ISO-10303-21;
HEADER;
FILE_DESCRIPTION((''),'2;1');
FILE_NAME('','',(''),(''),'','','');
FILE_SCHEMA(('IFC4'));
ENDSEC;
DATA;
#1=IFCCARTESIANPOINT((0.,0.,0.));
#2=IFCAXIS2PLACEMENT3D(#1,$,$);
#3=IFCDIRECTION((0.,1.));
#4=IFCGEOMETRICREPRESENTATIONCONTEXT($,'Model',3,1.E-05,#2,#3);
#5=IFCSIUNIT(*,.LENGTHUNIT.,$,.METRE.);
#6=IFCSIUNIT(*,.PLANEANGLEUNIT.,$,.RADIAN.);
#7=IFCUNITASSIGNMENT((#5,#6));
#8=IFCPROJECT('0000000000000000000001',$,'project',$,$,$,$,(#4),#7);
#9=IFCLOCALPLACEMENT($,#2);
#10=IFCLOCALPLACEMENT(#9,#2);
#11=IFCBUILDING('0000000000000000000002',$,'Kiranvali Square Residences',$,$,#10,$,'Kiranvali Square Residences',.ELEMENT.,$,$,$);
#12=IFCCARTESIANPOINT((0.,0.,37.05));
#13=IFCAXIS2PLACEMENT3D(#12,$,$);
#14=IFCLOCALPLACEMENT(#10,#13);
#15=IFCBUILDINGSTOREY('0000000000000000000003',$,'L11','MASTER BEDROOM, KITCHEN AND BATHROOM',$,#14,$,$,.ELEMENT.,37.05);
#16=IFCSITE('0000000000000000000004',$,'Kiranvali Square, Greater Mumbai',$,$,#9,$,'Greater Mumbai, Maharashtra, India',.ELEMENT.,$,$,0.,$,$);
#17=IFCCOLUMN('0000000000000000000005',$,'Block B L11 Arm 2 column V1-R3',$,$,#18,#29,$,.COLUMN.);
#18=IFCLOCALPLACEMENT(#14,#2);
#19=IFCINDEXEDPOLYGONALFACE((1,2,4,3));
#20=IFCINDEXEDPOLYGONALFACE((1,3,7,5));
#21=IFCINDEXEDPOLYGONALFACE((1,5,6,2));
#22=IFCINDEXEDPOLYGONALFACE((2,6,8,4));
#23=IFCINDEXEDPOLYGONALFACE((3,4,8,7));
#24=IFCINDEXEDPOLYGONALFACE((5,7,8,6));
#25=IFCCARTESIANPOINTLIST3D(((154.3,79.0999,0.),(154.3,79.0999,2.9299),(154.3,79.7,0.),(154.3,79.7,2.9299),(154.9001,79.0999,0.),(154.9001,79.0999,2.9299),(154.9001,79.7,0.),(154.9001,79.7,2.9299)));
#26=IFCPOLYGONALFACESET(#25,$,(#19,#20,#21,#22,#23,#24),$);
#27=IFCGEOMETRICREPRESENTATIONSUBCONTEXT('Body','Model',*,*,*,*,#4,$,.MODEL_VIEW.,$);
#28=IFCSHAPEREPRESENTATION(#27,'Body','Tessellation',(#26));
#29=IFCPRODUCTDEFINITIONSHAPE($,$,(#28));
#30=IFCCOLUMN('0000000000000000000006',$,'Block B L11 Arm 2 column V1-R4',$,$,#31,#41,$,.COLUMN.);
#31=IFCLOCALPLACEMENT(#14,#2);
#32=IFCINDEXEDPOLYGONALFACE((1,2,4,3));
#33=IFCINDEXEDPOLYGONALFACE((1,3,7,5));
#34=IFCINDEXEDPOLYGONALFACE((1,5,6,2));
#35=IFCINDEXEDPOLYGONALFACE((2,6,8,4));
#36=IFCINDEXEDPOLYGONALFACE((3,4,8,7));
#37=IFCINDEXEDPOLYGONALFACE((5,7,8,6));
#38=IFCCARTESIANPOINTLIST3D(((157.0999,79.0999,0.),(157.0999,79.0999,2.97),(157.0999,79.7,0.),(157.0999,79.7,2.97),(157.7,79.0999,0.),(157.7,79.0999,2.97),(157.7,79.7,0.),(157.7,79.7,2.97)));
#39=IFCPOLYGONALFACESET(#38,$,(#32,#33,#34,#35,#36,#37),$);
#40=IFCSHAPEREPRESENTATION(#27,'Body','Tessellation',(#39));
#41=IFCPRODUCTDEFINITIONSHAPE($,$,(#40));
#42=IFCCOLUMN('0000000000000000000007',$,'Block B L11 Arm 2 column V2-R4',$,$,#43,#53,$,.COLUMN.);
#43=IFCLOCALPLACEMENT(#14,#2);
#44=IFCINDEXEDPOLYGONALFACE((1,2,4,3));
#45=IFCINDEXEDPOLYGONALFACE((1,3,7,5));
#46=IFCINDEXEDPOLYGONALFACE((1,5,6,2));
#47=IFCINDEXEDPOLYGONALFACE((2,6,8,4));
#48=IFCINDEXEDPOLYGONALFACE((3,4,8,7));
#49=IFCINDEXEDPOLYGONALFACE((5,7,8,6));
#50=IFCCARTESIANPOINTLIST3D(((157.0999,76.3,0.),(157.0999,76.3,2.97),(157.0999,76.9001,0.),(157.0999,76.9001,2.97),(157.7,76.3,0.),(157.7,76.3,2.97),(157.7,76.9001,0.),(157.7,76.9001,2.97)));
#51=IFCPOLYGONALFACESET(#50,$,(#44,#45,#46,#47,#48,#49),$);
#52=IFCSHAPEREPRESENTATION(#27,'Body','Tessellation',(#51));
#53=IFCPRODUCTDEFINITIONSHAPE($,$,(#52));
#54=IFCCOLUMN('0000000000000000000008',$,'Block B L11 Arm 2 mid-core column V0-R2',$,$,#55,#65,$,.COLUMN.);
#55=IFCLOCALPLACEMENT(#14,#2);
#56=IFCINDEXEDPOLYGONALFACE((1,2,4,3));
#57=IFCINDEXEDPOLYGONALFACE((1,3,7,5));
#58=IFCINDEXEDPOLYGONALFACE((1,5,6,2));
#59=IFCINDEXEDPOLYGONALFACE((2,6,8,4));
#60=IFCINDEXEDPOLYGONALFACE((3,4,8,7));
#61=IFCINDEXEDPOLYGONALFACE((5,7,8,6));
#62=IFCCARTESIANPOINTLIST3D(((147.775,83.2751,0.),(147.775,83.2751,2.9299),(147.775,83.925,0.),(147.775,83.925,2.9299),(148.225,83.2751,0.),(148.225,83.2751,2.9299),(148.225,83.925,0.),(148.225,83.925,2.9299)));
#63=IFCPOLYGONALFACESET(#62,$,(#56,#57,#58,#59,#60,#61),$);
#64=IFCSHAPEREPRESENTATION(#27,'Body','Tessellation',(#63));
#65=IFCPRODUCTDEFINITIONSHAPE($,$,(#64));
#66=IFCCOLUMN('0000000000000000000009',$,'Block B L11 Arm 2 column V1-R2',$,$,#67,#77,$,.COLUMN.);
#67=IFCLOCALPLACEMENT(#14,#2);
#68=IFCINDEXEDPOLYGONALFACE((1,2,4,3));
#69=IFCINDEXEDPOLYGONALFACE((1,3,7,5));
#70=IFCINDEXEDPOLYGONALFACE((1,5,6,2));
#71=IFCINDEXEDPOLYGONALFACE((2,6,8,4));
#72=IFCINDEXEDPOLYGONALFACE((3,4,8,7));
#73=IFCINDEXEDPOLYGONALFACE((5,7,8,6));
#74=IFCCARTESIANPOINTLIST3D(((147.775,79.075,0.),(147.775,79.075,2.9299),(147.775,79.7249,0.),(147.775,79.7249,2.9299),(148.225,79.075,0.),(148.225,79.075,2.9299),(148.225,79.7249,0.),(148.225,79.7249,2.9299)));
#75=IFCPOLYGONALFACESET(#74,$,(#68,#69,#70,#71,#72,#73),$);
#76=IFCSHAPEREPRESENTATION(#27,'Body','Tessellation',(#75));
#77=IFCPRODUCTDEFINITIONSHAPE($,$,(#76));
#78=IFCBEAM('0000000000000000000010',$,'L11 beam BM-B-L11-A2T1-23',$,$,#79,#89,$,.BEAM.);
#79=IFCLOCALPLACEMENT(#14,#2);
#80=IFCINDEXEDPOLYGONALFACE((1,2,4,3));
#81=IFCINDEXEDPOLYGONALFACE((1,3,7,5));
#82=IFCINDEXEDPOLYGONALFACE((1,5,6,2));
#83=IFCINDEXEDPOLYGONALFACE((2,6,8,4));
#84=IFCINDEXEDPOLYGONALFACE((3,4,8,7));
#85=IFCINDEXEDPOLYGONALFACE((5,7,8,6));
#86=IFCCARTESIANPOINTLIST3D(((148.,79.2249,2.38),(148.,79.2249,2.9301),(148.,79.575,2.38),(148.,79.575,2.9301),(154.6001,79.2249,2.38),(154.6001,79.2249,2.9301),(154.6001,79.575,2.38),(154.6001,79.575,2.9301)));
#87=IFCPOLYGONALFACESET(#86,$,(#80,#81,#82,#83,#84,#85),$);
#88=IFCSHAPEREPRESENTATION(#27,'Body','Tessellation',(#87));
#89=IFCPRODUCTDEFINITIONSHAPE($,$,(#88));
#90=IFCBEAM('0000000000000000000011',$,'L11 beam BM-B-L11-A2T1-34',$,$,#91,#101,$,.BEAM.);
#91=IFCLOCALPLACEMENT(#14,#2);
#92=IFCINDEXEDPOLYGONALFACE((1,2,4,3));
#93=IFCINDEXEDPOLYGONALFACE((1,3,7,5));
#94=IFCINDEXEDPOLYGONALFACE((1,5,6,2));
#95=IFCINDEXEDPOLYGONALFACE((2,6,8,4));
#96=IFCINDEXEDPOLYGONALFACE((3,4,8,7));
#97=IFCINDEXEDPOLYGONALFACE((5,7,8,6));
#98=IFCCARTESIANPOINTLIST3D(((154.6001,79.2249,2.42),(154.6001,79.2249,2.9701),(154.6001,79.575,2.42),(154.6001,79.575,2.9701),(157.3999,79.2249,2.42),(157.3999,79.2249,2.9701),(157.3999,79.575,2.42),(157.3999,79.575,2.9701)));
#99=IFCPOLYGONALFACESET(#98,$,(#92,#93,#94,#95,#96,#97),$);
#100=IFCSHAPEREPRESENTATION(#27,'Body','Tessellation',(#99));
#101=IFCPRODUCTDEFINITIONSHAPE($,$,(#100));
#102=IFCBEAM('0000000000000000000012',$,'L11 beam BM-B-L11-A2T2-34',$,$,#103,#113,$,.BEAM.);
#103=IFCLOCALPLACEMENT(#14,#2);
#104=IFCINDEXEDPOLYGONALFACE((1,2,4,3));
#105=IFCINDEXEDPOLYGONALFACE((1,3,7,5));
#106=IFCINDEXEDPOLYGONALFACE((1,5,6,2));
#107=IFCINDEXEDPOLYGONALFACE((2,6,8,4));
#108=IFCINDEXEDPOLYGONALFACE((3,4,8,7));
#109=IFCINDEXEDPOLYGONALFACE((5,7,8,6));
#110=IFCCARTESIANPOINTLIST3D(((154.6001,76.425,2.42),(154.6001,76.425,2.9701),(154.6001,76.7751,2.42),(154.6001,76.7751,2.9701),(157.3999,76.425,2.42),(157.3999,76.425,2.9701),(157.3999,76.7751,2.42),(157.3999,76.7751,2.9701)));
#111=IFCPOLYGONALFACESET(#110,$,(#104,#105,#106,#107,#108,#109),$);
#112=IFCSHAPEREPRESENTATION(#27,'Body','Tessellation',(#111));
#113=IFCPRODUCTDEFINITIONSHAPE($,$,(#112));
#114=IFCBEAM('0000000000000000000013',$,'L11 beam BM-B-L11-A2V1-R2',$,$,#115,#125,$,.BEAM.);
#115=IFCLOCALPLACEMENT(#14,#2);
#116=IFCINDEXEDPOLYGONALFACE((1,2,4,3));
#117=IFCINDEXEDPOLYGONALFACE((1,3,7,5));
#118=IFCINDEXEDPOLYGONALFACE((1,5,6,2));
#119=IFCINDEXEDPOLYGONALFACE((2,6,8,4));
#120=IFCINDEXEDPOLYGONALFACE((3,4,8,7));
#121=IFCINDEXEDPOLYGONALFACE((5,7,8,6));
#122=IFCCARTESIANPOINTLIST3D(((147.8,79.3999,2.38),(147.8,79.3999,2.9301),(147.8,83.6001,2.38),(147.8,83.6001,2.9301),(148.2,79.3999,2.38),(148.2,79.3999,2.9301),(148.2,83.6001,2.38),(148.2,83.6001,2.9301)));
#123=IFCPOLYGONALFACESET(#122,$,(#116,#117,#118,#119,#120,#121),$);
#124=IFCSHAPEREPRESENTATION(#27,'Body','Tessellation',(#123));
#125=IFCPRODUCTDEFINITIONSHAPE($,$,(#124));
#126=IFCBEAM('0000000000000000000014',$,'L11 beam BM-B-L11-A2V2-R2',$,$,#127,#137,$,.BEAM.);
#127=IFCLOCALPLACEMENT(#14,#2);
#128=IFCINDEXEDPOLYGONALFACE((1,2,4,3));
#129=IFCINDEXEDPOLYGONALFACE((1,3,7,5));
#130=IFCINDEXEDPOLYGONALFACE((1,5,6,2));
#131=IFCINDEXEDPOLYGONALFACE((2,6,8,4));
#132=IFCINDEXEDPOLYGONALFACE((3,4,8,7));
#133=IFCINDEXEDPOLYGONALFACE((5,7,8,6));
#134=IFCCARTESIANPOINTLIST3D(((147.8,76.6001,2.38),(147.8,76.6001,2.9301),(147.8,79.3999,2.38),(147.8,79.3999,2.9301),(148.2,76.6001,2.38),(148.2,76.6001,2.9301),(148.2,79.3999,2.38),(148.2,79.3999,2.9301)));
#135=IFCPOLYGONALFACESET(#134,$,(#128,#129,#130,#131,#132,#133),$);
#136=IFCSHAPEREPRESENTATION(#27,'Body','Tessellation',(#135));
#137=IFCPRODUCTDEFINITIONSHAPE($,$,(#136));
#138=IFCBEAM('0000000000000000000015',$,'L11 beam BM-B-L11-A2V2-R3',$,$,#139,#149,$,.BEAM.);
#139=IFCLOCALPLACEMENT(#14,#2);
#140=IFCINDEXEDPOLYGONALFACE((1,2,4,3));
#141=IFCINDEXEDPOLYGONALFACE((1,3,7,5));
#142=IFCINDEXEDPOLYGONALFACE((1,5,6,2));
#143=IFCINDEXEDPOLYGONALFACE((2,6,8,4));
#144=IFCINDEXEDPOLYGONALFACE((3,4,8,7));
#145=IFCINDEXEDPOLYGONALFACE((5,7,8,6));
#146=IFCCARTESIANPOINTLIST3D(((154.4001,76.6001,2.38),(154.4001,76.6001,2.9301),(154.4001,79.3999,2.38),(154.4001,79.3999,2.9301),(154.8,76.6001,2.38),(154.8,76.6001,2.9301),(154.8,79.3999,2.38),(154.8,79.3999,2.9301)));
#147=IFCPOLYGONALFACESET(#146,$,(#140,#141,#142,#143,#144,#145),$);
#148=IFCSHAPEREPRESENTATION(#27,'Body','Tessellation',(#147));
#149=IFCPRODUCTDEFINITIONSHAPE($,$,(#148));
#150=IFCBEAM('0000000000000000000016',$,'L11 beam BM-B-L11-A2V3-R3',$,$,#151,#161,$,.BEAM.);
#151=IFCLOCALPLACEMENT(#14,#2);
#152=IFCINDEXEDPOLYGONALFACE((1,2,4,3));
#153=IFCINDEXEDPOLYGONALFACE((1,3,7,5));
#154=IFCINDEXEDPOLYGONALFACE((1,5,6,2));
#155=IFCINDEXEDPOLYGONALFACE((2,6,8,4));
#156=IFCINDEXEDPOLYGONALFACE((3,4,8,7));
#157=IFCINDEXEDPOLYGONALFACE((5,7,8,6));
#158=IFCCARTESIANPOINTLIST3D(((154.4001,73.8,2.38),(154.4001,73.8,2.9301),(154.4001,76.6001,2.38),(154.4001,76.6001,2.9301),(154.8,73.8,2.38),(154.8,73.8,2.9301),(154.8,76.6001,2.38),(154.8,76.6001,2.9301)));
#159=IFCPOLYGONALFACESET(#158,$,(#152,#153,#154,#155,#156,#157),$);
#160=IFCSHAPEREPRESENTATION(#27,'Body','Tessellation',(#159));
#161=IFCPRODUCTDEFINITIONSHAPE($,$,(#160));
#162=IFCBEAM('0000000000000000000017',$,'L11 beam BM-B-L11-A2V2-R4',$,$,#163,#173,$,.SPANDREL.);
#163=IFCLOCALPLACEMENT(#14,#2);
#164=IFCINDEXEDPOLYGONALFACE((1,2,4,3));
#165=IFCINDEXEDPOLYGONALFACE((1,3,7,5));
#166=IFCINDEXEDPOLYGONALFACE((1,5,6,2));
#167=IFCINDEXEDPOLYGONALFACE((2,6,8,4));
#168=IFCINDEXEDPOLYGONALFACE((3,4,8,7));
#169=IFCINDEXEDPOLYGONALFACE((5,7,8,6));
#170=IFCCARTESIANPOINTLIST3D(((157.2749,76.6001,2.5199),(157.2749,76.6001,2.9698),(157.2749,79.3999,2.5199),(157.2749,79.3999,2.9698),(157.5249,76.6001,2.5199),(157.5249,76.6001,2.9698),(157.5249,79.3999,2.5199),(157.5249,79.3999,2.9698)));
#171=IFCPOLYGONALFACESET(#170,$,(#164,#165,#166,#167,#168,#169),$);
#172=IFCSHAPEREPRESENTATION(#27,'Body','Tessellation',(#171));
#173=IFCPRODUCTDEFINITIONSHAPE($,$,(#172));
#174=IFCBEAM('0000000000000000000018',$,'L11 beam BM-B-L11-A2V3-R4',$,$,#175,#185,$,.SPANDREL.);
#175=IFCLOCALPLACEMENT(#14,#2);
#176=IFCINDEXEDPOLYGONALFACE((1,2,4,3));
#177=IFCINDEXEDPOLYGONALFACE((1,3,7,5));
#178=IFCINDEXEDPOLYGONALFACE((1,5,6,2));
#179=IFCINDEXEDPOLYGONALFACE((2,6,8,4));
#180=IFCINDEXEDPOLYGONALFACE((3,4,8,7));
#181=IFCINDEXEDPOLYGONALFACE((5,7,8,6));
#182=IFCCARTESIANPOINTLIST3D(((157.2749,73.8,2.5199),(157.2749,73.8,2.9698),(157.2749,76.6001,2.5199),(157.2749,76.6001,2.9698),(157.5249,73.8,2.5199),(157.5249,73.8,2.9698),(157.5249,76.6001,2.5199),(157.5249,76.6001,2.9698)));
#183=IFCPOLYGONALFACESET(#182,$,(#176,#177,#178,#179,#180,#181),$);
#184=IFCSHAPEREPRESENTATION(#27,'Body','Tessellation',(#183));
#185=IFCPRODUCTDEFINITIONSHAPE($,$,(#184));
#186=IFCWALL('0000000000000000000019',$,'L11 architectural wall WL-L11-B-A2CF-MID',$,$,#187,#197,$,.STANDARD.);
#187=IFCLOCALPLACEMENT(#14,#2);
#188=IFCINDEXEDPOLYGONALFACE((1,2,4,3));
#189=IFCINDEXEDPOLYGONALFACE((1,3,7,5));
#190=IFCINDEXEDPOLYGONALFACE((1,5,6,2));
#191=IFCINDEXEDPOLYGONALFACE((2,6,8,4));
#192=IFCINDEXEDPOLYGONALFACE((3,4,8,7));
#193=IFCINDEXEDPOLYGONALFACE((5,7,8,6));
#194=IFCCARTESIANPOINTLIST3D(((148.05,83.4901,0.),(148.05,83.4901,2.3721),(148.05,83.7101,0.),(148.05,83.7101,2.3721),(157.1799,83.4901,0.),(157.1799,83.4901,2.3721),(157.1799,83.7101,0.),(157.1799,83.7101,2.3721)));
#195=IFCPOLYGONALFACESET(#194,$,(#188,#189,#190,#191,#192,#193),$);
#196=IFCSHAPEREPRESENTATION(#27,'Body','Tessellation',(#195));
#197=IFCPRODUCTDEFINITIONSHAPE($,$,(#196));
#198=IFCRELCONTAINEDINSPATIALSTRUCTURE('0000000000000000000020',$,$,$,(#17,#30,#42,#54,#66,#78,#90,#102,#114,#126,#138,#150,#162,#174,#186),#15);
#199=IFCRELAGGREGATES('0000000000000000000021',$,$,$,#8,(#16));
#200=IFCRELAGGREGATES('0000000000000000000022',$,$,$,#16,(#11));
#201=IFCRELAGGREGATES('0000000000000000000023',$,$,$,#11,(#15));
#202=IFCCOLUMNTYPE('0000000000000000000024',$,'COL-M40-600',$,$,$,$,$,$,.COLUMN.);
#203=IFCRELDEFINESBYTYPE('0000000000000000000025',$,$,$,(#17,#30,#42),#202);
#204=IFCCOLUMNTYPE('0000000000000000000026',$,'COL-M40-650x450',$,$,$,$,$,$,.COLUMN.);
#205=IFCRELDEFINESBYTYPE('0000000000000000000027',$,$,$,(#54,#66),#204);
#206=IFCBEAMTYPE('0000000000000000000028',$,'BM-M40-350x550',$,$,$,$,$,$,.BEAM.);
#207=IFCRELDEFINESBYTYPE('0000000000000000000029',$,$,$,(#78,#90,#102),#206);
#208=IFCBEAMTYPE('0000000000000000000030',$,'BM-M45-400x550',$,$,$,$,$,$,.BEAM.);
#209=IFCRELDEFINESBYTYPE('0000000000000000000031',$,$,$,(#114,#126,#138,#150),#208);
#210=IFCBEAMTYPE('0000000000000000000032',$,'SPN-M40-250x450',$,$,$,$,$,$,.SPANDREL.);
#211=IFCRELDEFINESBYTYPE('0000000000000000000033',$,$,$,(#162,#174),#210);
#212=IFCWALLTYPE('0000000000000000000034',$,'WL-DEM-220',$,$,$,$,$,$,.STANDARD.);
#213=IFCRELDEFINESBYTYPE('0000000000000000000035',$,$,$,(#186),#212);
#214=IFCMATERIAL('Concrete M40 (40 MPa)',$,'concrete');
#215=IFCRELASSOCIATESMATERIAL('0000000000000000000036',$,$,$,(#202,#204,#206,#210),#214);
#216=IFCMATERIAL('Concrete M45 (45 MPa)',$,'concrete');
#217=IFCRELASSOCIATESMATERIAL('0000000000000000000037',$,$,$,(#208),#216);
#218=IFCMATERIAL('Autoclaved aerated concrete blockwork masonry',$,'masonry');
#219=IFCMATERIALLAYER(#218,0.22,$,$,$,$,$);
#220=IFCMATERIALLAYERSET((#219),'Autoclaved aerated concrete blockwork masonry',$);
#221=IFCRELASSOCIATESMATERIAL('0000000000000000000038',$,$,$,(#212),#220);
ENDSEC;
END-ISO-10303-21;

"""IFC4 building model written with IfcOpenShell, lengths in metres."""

from ifc_helpers import new_model, si_unit, direction, frame, frame_2d, origin, origin_2d, place, context, subcontext, project, spatial, rectangle, extrude, material, layer, layer_set, material_profile, profile_set, type_object, element, save


model = new_model("IFC4")

# Units and contexts
model_context = context("Model", 3, precision=1e-05, world=origin(), true_north=direction((0.0, 1.0)))
body_context = subcontext(model_context, "Body", "Model", "MODEL_VIEW")
ifc_project = project(units=[si_unit("LENGTHUNIT", "METRE"), si_unit("PLANEANGLEUNIT", "RADIAN")], contexts=[model_context])

# Site, building, storey
site_placement = place(None, origin())
site = spatial("IfcSite", under=ifc_project, at=site_placement, Name="Kiranvali Square, Greater Mumbai", LongName="Greater Mumbai, Maharashtra, India", CompositionType="ELEMENT", RefElevation=0.0)
building_placement = place(site_placement, origin())
building = spatial("IfcBuilding", under=site, at=building_placement, Name="Kiranvali Square Residences", LongName="Kiranvali Square Residences", CompositionType="ELEMENT")
storey_placement = place(building_placement, frame((0.0, 0.0, 37.05)))
storey = spatial("IfcBuildingStorey", under=building, at=storey_placement, Name="L11", Description="MASTER BEDROOM, KITCHEN AND BATHROOM", CompositionType="ELEMENT", Elevation=37.05)

# Columns
ifc_material_1 = material(Name="Concrete M40 (40 MPa)", Category="concrete")
ifc_material_profile_1 = material_profile(ifc_material_1, rectangle(XDim=0.6001, YDim=0.6001, at=origin_2d()), Name="RC 600x600")
ifc_profile_set_1 = profile_set([ifc_material_profile_1], Name="Concrete M40 (40 MPa)")
column_type_1 = type_object("IfcColumnType", Name="COL-M40-600", PredefinedType="COLUMN", material=ifc_profile_set_1)
column_placement = place(storey_placement, frame((154.6001, 79.3999, 0.0), z_axis=(0.0, 0.0, 1.0), x_axis=(1.0, 0.0, 0.0)))
element("IfcColumn", 1, at=column_placement, inside=storey, type_object=column_type_1, Name="Block B L11 Arm 2 column V1-R3", PredefinedType="COLUMN", context=body_context, shape_type="SweptSolid", body=[
    extrude(rectangle(XDim=0.6001, YDim=0.6001, at=origin_2d()), origin(), (0.0, 0.0, 1.0), 2.9299),
])
for number, where, z_axis, x_axis, name in (
    (2, (157.3999, 79.3999, 0.0), (0.0, 0.0, 1.0), (1.0, 0.0, 0.0), "Block B L11 Arm 2 column V1-R4"),
    (3, (157.3999, 76.6001, 0.0), (0.0, 0.0, 1.0), (1.0, 0.0, 0.0), "Block B L11 Arm 2 column V2-R4"),
):
    element("IfcColumn", number, at=place(storey_placement, frame(where, z_axis=z_axis, x_axis=x_axis)), inside=storey, type_object=column_type_1, Name=name, PredefinedType="COLUMN", context=body_context, shape_type="SweptSolid", body=[
        extrude(rectangle(XDim=0.6001, YDim=0.6001, at=origin_2d()), origin(), (0.0, 0.0, 1.0), 2.97),
    ])
ifc_material_profile_2 = material_profile(ifc_material_1, rectangle(XDim=0.45, YDim=0.6499, at=origin_2d()), Name="RC 650x450")
ifc_profile_set_2 = profile_set([ifc_material_profile_2], Name="Concrete M40 (40 MPa)")
column_type_2 = type_object("IfcColumnType", Name="COL-M40-650x450", PredefinedType="COLUMN", material=ifc_profile_set_2)
for number, where, z_axis, x_axis, name in (
    (4, (148.0, 83.6001, 0.0), (0.0, 0.0, 1.0), (1.0, 0.0, 0.0), "Block B L11 Arm 2 mid-core column V0-R2"),
    (5, (148.0, 79.3999, 0.0), (0.0, 0.0, 1.0), (1.0, 0.0, 0.0), "Block B L11 Arm 2 column V1-R2"),
):
    element("IfcColumn", number, at=place(storey_placement, frame(where, z_axis=z_axis, x_axis=x_axis)), inside=storey, type_object=column_type_2, Name=name, PredefinedType="COLUMN", context=body_context, shape_type="SweptSolid", body=[
        extrude(rectangle(XDim=0.45, YDim=0.6499, at=origin_2d()), origin(), (0.0, 0.0, 1.0), 2.9299),
    ])

# Beams
ifc_material_profile_3 = material_profile(ifc_material_1, rectangle(XDim=0.3501, YDim=0.55, at=origin_2d()), Name="RC 350x550")
ifc_profile_set_3 = profile_set([ifc_material_profile_3], Name="Concrete M40 (40 MPa)")
beam_type_1 = type_object("IfcBeamType", Name="BM-M40-350x550", PredefinedType="BEAM", material=ifc_profile_set_3)
beam_1_placement = place(storey_placement, frame((148.0, 79.3999, 2.655), z_axis=(1.0, 0.0, 0.0), x_axis=(0.0, 1.0, 0.0)))
element("IfcBeam", 6, at=beam_1_placement, inside=storey, type_object=beam_type_1, Name="L11 beam BM-B-L11-A2T1-23", PredefinedType="BEAM", context=body_context, shape_type="SweptSolid", body=[
    extrude(rectangle(XDim=0.3501, YDim=0.55, at=origin_2d()), origin(), (0.0, 0.0, 1.0), 6.6001),
])
for number, where, z_axis, x_axis, name in (
    (7, (154.6001, 79.3999, 2.6951), (1.0, 0.0, 0.0), (0.0, 1.0, 0.0), "L11 beam BM-B-L11-A2T1-34"),
    (8, (154.6001, 76.6001, 2.6951), (1.0, 0.0, 0.0), (0.0, 1.0, 0.0), "L11 beam BM-B-L11-A2T2-34"),
):
    element("IfcBeam", number, at=place(storey_placement, frame(where, z_axis=z_axis, x_axis=x_axis)), inside=storey, type_object=beam_type_1, Name=name, PredefinedType="BEAM", context=body_context, shape_type="SweptSolid", body=[
        extrude(rectangle(XDim=0.3501, YDim=0.55, at=origin_2d()), origin(), (0.0, 0.0, 1.0), 2.7998),
    ])
ifc_material_2 = material(Name="Concrete M45 (45 MPa)", Category="concrete")
ifc_material_profile_4 = material_profile(ifc_material_2, rectangle(XDim=0.3999, YDim=0.55, at=origin_2d()), Name="RC 400x550")
ifc_profile_set_4 = profile_set([ifc_material_profile_4], Name="Concrete M45 (45 MPa)")
beam_type_2 = type_object("IfcBeamType", Name="BM-M45-400x550", PredefinedType="BEAM", material=ifc_profile_set_4)
beam_2_placement = place(storey_placement, frame((148.0, 83.6001, 2.655), z_axis=(0.0, -1.0, 0.0), x_axis=(1.0, 0.0, 0.0)))
element("IfcBeam", 9, at=beam_2_placement, inside=storey, type_object=beam_type_2, Name="L11 beam BM-B-L11-A2V1-R2", PredefinedType="BEAM", context=body_context, shape_type="SweptSolid", body=[
    extrude(rectangle(XDim=0.3999, YDim=0.55, at=origin_2d()), origin(), (0.0, 0.0, 1.0), 4.2002),
])
for number, where, z_axis, x_axis, name in (
    (10, (148.0, 79.3999, 2.655), (0.0, -1.0, 0.0), (1.0, 0.0, 0.0), "L11 beam BM-B-L11-A2V2-R2"),
    (11, (154.6001, 79.3999, 2.655), (0.0, -1.0, 0.0), (1.0, 0.0, 0.0), "L11 beam BM-B-L11-A2V2-R3"),
):
    element("IfcBeam", number, at=place(storey_placement, frame(where, z_axis=z_axis, x_axis=x_axis)), inside=storey, type_object=beam_type_2, Name=name, PredefinedType="BEAM", context=body_context, shape_type="SweptSolid", body=[
        extrude(rectangle(XDim=0.3999, YDim=0.55, at=origin_2d()), origin(), (0.0, 0.0, 1.0), 2.7998),
    ])
beam_3_placement = place(storey_placement, frame((154.6001, 76.6001, 2.655), z_axis=(0.0, -1.0, 0.0), x_axis=(1.0, 0.0, 0.0)))
element("IfcBeam", 12, at=beam_3_placement, inside=storey, type_object=beam_type_2, Name="L11 beam BM-B-L11-A2V3-R3", PredefinedType="BEAM", context=body_context, shape_type="SweptSolid", body=[
    extrude(rectangle(XDim=0.3999, YDim=0.55, at=origin_2d()), origin(), (0.0, 0.0, 1.0), 2.8),
])
ifc_material_profile_5 = material_profile(ifc_material_1, rectangle(XDim=0.25, YDim=0.45, at=origin_2d()), Name="RC 250x450")
ifc_profile_set_5 = profile_set([ifc_material_profile_5], Name="Concrete M40 (40 MPa)")
beam_type_3 = type_object("IfcBeamType", Name="SPN-M40-250x450", PredefinedType="SPANDREL", material=ifc_profile_set_5)
beam_4_placement = place(storey_placement, frame((157.3999, 79.3999, 2.7449), z_axis=(0.0, -1.0, 0.0), x_axis=(1.0, 0.0, 0.0)))
element("IfcBeam", 13, at=beam_4_placement, inside=storey, type_object=beam_type_3, Name="L11 beam BM-B-L11-A2V2-R4", PredefinedType="SPANDREL", context=body_context, shape_type="SweptSolid", body=[
    extrude(rectangle(XDim=0.25, YDim=0.45, at=origin_2d()), origin(), (0.0, 0.0, 1.0), 2.7998),
])
beam_5_placement = place(storey_placement, frame((157.3999, 76.6001, 2.7449), z_axis=(0.0, -1.0, 0.0), x_axis=(1.0, 0.0, 0.0)))
element("IfcBeam", 14, at=beam_5_placement, inside=storey, type_object=beam_type_3, Name="L11 beam BM-B-L11-A2V3-R4", PredefinedType="SPANDREL", context=body_context, shape_type="SweptSolid", body=[
    extrude(rectangle(XDim=0.25, YDim=0.45, at=origin_2d()), origin(), (0.0, 0.0, 1.0), 2.8),
])

# Shared definitions
ifc_material_3 = material(Name="Autoclaved aerated concrete blockwork masonry", Category="masonry")

# Wall
ifc_layer_1 = layer(ifc_material_3, 0.22)
ifc_layer_set_1 = layer_set([ifc_layer_1], Name="Autoclaved aerated concrete blockwork masonry")
wall_type_1 = type_object("IfcWallType", Name="WL-DEM-220", PredefinedType="STANDARD", material=ifc_layer_set_1)
wall_1_placement = place(storey_placement, frame((148.05, 83.6001, 0.0), z_axis=(0.0, 0.0, 1.0), x_axis=(1.0, 0.0, 0.0)))
element("IfcWall", 15, at=wall_1_placement, inside=storey, type_object=wall_type_1, Name="L11 architectural wall WL-L11-B-A2CF-MID", PredefinedType="STANDARD", context=body_context, shape_type="SweptSolid", body=[
    extrude(rectangle(XDim=9.1299, YDim=0.22, at=frame_2d((4.5649, 0.0))), origin(), (0.0, 0.0, 1.0), 2.3721),
])

save(model, "model.ifc")
